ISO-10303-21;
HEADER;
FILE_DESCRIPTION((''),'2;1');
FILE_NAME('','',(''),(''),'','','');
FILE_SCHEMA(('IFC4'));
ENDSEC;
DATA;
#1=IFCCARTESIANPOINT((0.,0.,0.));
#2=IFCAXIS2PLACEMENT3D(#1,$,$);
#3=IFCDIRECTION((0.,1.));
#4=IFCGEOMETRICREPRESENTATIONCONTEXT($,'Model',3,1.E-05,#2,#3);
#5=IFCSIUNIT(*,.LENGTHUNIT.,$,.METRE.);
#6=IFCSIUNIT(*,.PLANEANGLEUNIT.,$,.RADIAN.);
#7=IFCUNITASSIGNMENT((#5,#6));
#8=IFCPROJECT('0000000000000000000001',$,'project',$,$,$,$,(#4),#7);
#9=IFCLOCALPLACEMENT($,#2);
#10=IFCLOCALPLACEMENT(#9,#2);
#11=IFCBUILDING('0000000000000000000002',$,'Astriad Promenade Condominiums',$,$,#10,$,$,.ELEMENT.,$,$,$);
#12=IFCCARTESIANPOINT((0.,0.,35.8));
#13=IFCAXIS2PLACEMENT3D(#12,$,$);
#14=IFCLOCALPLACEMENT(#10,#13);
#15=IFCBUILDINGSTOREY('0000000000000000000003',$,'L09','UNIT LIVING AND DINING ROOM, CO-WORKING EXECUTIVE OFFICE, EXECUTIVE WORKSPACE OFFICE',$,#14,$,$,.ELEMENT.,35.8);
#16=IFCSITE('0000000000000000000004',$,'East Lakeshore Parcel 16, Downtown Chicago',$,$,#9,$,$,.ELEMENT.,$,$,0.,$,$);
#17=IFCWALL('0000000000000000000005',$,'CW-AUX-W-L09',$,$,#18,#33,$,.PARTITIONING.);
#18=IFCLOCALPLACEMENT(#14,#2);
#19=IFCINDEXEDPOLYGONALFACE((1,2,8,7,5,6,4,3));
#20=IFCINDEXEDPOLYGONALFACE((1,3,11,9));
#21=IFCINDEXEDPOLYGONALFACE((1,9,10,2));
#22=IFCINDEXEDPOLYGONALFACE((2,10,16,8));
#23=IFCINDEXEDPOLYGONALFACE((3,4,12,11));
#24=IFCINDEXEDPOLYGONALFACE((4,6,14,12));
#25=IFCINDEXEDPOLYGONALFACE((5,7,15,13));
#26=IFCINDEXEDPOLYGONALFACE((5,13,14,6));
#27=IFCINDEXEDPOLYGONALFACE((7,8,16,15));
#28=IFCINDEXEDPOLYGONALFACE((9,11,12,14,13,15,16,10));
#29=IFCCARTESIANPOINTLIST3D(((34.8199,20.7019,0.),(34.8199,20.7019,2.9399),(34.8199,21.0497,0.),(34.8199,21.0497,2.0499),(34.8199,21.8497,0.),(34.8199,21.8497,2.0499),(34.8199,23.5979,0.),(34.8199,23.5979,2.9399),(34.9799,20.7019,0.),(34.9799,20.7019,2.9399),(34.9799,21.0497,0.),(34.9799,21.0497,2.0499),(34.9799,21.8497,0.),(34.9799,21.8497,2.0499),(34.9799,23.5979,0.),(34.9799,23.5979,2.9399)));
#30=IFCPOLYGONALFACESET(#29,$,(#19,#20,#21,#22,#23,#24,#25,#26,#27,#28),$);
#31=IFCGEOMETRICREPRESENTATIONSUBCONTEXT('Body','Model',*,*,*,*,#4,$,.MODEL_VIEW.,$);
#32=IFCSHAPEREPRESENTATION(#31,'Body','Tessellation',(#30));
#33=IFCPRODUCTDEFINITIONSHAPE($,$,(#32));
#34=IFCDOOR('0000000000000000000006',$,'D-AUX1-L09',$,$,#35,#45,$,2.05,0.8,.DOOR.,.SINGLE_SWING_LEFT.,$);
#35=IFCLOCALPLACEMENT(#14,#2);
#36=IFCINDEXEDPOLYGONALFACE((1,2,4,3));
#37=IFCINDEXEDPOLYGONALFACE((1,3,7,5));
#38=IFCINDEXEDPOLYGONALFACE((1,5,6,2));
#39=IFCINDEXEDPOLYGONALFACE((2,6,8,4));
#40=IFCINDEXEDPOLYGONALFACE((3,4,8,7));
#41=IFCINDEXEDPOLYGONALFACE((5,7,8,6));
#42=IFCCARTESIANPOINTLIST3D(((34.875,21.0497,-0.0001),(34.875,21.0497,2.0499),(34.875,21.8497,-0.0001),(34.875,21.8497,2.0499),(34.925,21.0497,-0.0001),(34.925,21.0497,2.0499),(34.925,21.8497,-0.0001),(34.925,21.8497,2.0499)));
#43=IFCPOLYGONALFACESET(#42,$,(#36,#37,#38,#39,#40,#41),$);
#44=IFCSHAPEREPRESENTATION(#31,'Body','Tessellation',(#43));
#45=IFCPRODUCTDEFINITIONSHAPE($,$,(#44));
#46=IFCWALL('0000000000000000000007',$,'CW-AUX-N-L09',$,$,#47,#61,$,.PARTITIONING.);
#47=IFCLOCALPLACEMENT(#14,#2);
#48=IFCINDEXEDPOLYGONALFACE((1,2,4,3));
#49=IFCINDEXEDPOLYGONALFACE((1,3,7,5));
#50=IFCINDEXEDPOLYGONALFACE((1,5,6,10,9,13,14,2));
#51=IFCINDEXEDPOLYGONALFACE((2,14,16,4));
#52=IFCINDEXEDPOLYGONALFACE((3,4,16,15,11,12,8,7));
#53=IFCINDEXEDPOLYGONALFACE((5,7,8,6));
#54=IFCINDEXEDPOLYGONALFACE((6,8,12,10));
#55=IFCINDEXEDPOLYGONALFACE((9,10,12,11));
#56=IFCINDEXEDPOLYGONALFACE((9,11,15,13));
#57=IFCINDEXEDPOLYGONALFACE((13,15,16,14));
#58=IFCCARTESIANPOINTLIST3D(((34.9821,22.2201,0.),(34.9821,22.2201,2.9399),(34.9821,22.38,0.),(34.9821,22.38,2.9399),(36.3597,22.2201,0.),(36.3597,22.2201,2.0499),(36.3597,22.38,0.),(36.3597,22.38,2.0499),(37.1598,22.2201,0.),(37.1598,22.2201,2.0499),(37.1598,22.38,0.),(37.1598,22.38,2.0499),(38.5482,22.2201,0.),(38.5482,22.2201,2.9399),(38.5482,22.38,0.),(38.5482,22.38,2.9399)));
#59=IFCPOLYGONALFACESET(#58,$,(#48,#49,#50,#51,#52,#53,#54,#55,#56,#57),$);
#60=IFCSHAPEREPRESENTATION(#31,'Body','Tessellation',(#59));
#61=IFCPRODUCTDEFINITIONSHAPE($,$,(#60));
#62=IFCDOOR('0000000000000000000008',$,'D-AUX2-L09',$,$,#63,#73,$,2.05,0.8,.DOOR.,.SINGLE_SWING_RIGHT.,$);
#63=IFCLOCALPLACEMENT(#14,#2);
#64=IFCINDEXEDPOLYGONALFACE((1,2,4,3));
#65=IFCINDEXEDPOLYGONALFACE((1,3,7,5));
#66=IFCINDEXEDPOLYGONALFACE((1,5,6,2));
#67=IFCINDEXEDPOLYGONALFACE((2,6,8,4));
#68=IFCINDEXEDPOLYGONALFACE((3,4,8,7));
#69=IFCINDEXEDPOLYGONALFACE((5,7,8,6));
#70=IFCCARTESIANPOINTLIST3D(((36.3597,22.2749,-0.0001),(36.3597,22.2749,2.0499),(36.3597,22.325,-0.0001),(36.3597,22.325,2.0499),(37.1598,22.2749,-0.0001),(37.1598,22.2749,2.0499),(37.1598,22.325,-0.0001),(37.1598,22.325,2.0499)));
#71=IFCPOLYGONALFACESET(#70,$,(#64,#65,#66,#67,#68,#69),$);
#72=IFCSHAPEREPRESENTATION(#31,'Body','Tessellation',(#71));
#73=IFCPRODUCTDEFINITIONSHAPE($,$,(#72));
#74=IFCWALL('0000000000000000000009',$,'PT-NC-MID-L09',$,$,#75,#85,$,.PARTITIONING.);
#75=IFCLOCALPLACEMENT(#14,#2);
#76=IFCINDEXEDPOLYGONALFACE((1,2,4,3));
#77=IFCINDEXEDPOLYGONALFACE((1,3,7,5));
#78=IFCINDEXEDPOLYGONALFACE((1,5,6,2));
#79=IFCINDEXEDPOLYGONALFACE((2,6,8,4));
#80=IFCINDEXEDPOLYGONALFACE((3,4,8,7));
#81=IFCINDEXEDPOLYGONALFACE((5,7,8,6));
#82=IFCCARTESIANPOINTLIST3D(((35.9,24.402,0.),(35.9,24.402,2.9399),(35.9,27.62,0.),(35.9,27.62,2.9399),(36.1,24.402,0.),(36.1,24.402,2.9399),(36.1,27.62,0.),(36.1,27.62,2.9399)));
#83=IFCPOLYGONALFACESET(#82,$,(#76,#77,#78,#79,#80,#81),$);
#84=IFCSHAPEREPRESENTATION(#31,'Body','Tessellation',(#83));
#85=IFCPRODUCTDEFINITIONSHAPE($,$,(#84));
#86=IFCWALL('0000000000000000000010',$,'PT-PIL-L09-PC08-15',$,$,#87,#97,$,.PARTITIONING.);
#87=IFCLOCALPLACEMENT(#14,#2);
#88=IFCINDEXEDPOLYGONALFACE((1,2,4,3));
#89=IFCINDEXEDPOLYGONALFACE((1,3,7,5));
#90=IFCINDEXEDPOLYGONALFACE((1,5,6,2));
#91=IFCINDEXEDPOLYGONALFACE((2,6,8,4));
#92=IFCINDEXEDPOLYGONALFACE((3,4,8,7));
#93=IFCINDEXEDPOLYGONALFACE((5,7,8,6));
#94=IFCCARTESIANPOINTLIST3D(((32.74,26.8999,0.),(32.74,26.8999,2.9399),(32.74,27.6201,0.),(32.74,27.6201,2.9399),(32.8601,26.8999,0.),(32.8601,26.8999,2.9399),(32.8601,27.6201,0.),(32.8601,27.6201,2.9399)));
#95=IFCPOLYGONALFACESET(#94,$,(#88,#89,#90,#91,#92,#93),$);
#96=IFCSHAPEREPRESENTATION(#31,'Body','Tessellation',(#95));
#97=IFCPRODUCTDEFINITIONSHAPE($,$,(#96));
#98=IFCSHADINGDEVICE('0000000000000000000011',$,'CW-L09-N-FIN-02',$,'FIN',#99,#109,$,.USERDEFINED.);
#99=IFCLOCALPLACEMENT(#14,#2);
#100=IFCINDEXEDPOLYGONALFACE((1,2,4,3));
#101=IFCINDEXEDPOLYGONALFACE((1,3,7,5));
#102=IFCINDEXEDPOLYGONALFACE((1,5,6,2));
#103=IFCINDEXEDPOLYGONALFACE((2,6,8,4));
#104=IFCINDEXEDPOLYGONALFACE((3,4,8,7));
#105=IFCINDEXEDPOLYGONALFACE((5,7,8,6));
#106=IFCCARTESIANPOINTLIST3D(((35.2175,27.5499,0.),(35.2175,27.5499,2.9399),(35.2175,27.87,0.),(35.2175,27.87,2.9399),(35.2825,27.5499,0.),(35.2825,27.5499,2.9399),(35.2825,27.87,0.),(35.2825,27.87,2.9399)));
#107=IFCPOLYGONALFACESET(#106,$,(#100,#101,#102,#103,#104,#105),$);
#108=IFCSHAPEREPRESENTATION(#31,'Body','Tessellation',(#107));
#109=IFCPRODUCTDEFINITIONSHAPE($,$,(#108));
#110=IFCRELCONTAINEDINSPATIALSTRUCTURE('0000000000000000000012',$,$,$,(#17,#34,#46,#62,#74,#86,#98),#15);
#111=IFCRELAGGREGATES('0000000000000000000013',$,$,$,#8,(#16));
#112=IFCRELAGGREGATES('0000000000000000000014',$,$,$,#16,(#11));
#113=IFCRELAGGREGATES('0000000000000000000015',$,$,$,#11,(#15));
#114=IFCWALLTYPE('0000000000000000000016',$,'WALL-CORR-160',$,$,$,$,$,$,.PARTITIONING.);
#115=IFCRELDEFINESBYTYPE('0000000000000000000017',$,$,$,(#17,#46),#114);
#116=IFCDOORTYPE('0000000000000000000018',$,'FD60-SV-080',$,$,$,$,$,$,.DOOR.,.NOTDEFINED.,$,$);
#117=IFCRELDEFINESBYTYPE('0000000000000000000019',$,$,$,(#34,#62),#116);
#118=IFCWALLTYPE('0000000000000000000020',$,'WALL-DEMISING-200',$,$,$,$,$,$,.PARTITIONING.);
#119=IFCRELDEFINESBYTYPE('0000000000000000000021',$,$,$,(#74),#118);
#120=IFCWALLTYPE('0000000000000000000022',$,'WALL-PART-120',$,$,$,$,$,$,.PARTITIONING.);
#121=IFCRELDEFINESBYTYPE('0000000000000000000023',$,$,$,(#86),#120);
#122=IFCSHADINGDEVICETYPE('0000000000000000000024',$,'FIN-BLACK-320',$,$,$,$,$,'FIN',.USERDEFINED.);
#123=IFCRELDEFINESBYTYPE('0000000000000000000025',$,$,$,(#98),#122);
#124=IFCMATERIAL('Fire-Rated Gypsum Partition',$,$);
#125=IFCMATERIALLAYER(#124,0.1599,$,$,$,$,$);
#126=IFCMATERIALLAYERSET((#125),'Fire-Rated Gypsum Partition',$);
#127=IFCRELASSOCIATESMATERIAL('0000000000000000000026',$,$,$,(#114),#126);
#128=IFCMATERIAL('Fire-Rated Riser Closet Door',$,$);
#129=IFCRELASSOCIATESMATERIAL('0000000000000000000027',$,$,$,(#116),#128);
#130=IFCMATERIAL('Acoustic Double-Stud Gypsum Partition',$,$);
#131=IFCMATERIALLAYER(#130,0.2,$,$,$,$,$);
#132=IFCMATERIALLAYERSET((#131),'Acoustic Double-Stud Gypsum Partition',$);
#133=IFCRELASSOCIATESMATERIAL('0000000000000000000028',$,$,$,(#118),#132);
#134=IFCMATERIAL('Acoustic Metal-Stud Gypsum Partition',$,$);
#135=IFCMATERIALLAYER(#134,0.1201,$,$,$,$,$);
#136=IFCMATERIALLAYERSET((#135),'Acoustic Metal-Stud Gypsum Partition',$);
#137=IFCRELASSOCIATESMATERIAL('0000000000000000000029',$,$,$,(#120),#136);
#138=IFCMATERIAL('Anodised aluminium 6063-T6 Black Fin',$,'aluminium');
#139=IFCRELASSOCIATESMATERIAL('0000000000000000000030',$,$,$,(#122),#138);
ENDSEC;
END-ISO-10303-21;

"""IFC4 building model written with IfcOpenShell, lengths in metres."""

from ifc_helpers import new_model, si_unit, direction, frame, frame_2d, origin, origin_2d, place, context, subcontext, project, spatial, rectangle, extrude, source, transform, mapped, material, layer, layer_set, type_object, type_shapes, element, fill, save


model = new_model("IFC4")

# Units and contexts
model_context = context("Model", 3, precision=1e-05, world=origin(), true_north=direction((0.0, 1.0)))
body_context = subcontext(model_context, "Body", "Model", "MODEL_VIEW")
ifc_project = project(units=[si_unit("LENGTHUNIT", "METRE"), si_unit("PLANEANGLEUNIT", "RADIAN")], contexts=[model_context])

# Site, building, storey
site_placement = place(None, origin())
site = spatial("IfcSite", under=ifc_project, at=site_placement, Name="East Lakeshore Parcel 16, Downtown Chicago", CompositionType="ELEMENT", RefElevation=0.0)
building_placement = place(site_placement, origin())
building = spatial("IfcBuilding", under=site, at=building_placement, Name="Astriad Promenade Condominiums", CompositionType="ELEMENT")
storey_placement = place(building_placement, frame((0.0, 0.0, 35.8)))
storey = spatial("IfcBuildingStorey", under=building, at=storey_placement, Name="L09", Description="UNIT LIVING AND DINING ROOM, CO-WORKING EXECUTIVE OFFICE, EXECUTIVE WORKSPACE OFFICE", CompositionType="ELEMENT", Elevation=35.8)

# Shared definitions
ifc_material_1 = material(Name="Fire-Rated Gypsum Partition")
ifc_layer_1 = layer(ifc_material_1, 0.1599)
ifc_layer_set_1 = layer_set([ifc_layer_1], Name="Fire-Rated Gypsum Partition")
wall_type_1 = type_object("IfcWallType", Name="WALL-CORR-160", PredefinedType="PARTITIONING", material=ifc_layer_set_1)

# Walls, openings, doors
wall_1_placement = place(storey_placement, frame((34.8999, 20.7019, 0.0), z_axis=(0.0, 0.0, 1.0), x_axis=(0.0, 1.0, 0.0)))
wall_1 = element("IfcWall", 1, at=wall_1_placement, inside=storey, type_object=wall_type_1, Name="CW-AUX-W-L09", PredefinedType="PARTITIONING", context=body_context, shape_type="SweptSolid", body=[
    extrude(rectangle(XDim=2.896, YDim=0.1599, at=frame_2d((1.448, 0.0))), origin(), (0.0, 0.0, 1.0), 2.9399),
])
opening_1_placement = place(wall_1_placement, frame((0.3479, 0.0, 0.0)))
opening_1 = element("IfcOpeningElement", 2, at=opening_1_placement, cuts=wall_1, PredefinedType="OPENING", context=body_context, shape_type="SweptSolid", body=[
    extrude(rectangle(XDim=0.8, YDim=2.05, at=frame_2d((0.3999, 1.0249))), frame((0.0, 0.0898, 0.0), z_axis=(0.0, -1.0, 0.0), x_axis=(1.0, 0.0, 0.0)), (0.0, 0.0, 1.0), 0.1799),
])
ifc_material_2 = material(Name="Fire-Rated Riser Closet Door")
door_type_1 = type_object("IfcDoorType", Name="FD60-SV-080", OperationType="NOTDEFINED", PredefinedType="DOOR", material=ifc_material_2)
shared_shape_1 = source(origin(), body_context, "Body", "SweptSolid", [
    extrude(rectangle(XDim=0.8, YDim=2.05, at=frame_2d((0.3999, 1.0249))), frame((0.0, 0.0249, 0.0), z_axis=(0.0, -1.0, 0.0), x_axis=(1.0, 0.0, 0.0)), (0.0, 0.0, 1.0), 0.05),
])
type_shapes(door_type_1, [shared_shape_1])
door_1_placement = place(opening_1_placement, origin())
door_1 = element("IfcDoor", 3, at=door_1_placement, inside=storey, type_object=door_type_1, Name="D-AUX1-L09", OperationType="SINGLE_SWING_LEFT", OverallHeight=2.05, OverallWidth=0.8, PredefinedType="DOOR", context=body_context, shape_type="MappedRepresentation", body=[
    mapped(shared_shape_1, transform((0.0, 0.0, 0.0), scale=1.0)),
])
fill(opening_1, door_1)
wall_2_placement = place(storey_placement, frame((34.9819, 22.3, 0.0), z_axis=(0.0, 0.0, 1.0), x_axis=(1.0, 0.0, 0.0)))
wall_2 = element("IfcWall", 4, at=wall_2_placement, inside=storey, type_object=wall_type_1, Name="CW-AUX-N-L09", PredefinedType="PARTITIONING", context=body_context, shape_type="SweptSolid", body=[
    extrude(rectangle(XDim=3.5662, YDim=0.1599, at=frame_2d((1.7832, 0.0))), origin(), (0.0, 0.0, 1.0), 2.9399),
])
opening_2_placement = place(wall_2_placement, frame((1.3779, 0.0, 0.0)))
opening_2 = element("IfcOpeningElement", 5, at=opening_2_placement, cuts=wall_2, PredefinedType="OPENING", context=body_context, shape_type="SweptSolid", body=[
    extrude(rectangle(XDim=0.8, YDim=2.05, at=frame_2d((0.3999, 1.0249))), frame((0.0, 0.0898, 0.0), z_axis=(0.0, -1.0, 0.0), x_axis=(1.0, 0.0, 0.0)), (0.0, 0.0, 1.0), 0.1799),
])
door_2_placement = place(opening_2_placement, origin())
door_2 = element("IfcDoor", 6, at=door_2_placement, inside=storey, type_object=door_type_1, Name="D-AUX2-L09", OperationType="SINGLE_SWING_RIGHT", OverallHeight=2.05, OverallWidth=0.8, PredefinedType="DOOR", context=body_context, shape_type="MappedRepresentation", body=[
    mapped(shared_shape_1, transform((0.0, 0.0, 0.0), scale=1.0)),
])
fill(opening_2, door_2)

# Walls
ifc_material_3 = material(Name="Acoustic Double-Stud Gypsum Partition")
ifc_layer_2 = layer(ifc_material_3, 0.2)
ifc_layer_set_2 = layer_set([ifc_layer_2], Name="Acoustic Double-Stud Gypsum Partition")
wall_type_2 = type_object("IfcWallType", Name="WALL-DEMISING-200", PredefinedType="PARTITIONING", material=ifc_layer_set_2)
wall_3_placement = place(storey_placement, frame((36.0, 24.4021, 0.0), z_axis=(0.0, 0.0, 1.0), x_axis=(0.0, 1.0, 0.0)))
element("IfcWall", 7, at=wall_3_placement, inside=storey, type_object=wall_type_2, Name="PT-NC-MID-L09", PredefinedType="PARTITIONING", context=body_context, shape_type="SweptSolid", body=[
    extrude(rectangle(XDim=3.218, YDim=0.2, at=frame_2d((1.6089, 0.0))), origin(), (0.0, 0.0, 1.0), 2.9399),
])
ifc_material_4 = material(Name="Acoustic Metal-Stud Gypsum Partition")
ifc_layer_3 = layer(ifc_material_4, 0.1201)
ifc_layer_set_3 = layer_set([ifc_layer_3], Name="Acoustic Metal-Stud Gypsum Partition")
wall_type_3 = type_object("IfcWallType", Name="WALL-PART-120", PredefinedType="PARTITIONING", material=ifc_layer_set_3)
wall_4_placement = place(storey_placement, frame((32.8, 26.8999, 0.0), z_axis=(0.0, 0.0, 1.0), x_axis=(0.0, 1.0, 0.0)))
element("IfcWall", 8, at=wall_4_placement, inside=storey, type_object=wall_type_3, Name="PT-PIL-L09-PC08-15", PredefinedType="PARTITIONING", context=body_context, shape_type="SweptSolid", body=[
    extrude(rectangle(XDim=0.7202, YDim=0.1201, at=frame_2d((0.3601, 0.0))), origin(), (0.0, 0.0, 1.0), 2.9399),
])

# Shading device
ifc_material_5 = material(Name="Anodised aluminium 6063-T6 Black Fin", Category="aluminium")
shading_device_type = type_object("IfcShadingDeviceType", Name="FIN-BLACK-320", ElementType="FIN", PredefinedType="USERDEFINED", material=ifc_material_5)
shared_shape_2 = source(origin(), body_context, "Body", "SweptSolid", [
    extrude(rectangle(XDim=0.0649, YDim=0.3201, at=origin_2d()), origin(), (0.0, 0.0, 1.0), 2.9399),
])
type_shapes(shading_device_type, [shared_shape_2])
shading_device_placement = place(storey_placement, frame((35.25, 27.71, 0.0), z_axis=(0.0, 0.0, 1.0), x_axis=(1.0, 0.0, 0.0)))
element("IfcShadingDevice", 9, at=shading_device_placement, inside=storey, type_object=shading_device_type, Name="CW-L09-N-FIN-02", ObjectType="FIN", PredefinedType="USERDEFINED", context=body_context, shape_type="MappedRepresentation", body=[
    mapped(shared_shape_2, transform((0.0, 0.0, 0.0), scale=1.0)),
])

save(model, "model.ifc")
